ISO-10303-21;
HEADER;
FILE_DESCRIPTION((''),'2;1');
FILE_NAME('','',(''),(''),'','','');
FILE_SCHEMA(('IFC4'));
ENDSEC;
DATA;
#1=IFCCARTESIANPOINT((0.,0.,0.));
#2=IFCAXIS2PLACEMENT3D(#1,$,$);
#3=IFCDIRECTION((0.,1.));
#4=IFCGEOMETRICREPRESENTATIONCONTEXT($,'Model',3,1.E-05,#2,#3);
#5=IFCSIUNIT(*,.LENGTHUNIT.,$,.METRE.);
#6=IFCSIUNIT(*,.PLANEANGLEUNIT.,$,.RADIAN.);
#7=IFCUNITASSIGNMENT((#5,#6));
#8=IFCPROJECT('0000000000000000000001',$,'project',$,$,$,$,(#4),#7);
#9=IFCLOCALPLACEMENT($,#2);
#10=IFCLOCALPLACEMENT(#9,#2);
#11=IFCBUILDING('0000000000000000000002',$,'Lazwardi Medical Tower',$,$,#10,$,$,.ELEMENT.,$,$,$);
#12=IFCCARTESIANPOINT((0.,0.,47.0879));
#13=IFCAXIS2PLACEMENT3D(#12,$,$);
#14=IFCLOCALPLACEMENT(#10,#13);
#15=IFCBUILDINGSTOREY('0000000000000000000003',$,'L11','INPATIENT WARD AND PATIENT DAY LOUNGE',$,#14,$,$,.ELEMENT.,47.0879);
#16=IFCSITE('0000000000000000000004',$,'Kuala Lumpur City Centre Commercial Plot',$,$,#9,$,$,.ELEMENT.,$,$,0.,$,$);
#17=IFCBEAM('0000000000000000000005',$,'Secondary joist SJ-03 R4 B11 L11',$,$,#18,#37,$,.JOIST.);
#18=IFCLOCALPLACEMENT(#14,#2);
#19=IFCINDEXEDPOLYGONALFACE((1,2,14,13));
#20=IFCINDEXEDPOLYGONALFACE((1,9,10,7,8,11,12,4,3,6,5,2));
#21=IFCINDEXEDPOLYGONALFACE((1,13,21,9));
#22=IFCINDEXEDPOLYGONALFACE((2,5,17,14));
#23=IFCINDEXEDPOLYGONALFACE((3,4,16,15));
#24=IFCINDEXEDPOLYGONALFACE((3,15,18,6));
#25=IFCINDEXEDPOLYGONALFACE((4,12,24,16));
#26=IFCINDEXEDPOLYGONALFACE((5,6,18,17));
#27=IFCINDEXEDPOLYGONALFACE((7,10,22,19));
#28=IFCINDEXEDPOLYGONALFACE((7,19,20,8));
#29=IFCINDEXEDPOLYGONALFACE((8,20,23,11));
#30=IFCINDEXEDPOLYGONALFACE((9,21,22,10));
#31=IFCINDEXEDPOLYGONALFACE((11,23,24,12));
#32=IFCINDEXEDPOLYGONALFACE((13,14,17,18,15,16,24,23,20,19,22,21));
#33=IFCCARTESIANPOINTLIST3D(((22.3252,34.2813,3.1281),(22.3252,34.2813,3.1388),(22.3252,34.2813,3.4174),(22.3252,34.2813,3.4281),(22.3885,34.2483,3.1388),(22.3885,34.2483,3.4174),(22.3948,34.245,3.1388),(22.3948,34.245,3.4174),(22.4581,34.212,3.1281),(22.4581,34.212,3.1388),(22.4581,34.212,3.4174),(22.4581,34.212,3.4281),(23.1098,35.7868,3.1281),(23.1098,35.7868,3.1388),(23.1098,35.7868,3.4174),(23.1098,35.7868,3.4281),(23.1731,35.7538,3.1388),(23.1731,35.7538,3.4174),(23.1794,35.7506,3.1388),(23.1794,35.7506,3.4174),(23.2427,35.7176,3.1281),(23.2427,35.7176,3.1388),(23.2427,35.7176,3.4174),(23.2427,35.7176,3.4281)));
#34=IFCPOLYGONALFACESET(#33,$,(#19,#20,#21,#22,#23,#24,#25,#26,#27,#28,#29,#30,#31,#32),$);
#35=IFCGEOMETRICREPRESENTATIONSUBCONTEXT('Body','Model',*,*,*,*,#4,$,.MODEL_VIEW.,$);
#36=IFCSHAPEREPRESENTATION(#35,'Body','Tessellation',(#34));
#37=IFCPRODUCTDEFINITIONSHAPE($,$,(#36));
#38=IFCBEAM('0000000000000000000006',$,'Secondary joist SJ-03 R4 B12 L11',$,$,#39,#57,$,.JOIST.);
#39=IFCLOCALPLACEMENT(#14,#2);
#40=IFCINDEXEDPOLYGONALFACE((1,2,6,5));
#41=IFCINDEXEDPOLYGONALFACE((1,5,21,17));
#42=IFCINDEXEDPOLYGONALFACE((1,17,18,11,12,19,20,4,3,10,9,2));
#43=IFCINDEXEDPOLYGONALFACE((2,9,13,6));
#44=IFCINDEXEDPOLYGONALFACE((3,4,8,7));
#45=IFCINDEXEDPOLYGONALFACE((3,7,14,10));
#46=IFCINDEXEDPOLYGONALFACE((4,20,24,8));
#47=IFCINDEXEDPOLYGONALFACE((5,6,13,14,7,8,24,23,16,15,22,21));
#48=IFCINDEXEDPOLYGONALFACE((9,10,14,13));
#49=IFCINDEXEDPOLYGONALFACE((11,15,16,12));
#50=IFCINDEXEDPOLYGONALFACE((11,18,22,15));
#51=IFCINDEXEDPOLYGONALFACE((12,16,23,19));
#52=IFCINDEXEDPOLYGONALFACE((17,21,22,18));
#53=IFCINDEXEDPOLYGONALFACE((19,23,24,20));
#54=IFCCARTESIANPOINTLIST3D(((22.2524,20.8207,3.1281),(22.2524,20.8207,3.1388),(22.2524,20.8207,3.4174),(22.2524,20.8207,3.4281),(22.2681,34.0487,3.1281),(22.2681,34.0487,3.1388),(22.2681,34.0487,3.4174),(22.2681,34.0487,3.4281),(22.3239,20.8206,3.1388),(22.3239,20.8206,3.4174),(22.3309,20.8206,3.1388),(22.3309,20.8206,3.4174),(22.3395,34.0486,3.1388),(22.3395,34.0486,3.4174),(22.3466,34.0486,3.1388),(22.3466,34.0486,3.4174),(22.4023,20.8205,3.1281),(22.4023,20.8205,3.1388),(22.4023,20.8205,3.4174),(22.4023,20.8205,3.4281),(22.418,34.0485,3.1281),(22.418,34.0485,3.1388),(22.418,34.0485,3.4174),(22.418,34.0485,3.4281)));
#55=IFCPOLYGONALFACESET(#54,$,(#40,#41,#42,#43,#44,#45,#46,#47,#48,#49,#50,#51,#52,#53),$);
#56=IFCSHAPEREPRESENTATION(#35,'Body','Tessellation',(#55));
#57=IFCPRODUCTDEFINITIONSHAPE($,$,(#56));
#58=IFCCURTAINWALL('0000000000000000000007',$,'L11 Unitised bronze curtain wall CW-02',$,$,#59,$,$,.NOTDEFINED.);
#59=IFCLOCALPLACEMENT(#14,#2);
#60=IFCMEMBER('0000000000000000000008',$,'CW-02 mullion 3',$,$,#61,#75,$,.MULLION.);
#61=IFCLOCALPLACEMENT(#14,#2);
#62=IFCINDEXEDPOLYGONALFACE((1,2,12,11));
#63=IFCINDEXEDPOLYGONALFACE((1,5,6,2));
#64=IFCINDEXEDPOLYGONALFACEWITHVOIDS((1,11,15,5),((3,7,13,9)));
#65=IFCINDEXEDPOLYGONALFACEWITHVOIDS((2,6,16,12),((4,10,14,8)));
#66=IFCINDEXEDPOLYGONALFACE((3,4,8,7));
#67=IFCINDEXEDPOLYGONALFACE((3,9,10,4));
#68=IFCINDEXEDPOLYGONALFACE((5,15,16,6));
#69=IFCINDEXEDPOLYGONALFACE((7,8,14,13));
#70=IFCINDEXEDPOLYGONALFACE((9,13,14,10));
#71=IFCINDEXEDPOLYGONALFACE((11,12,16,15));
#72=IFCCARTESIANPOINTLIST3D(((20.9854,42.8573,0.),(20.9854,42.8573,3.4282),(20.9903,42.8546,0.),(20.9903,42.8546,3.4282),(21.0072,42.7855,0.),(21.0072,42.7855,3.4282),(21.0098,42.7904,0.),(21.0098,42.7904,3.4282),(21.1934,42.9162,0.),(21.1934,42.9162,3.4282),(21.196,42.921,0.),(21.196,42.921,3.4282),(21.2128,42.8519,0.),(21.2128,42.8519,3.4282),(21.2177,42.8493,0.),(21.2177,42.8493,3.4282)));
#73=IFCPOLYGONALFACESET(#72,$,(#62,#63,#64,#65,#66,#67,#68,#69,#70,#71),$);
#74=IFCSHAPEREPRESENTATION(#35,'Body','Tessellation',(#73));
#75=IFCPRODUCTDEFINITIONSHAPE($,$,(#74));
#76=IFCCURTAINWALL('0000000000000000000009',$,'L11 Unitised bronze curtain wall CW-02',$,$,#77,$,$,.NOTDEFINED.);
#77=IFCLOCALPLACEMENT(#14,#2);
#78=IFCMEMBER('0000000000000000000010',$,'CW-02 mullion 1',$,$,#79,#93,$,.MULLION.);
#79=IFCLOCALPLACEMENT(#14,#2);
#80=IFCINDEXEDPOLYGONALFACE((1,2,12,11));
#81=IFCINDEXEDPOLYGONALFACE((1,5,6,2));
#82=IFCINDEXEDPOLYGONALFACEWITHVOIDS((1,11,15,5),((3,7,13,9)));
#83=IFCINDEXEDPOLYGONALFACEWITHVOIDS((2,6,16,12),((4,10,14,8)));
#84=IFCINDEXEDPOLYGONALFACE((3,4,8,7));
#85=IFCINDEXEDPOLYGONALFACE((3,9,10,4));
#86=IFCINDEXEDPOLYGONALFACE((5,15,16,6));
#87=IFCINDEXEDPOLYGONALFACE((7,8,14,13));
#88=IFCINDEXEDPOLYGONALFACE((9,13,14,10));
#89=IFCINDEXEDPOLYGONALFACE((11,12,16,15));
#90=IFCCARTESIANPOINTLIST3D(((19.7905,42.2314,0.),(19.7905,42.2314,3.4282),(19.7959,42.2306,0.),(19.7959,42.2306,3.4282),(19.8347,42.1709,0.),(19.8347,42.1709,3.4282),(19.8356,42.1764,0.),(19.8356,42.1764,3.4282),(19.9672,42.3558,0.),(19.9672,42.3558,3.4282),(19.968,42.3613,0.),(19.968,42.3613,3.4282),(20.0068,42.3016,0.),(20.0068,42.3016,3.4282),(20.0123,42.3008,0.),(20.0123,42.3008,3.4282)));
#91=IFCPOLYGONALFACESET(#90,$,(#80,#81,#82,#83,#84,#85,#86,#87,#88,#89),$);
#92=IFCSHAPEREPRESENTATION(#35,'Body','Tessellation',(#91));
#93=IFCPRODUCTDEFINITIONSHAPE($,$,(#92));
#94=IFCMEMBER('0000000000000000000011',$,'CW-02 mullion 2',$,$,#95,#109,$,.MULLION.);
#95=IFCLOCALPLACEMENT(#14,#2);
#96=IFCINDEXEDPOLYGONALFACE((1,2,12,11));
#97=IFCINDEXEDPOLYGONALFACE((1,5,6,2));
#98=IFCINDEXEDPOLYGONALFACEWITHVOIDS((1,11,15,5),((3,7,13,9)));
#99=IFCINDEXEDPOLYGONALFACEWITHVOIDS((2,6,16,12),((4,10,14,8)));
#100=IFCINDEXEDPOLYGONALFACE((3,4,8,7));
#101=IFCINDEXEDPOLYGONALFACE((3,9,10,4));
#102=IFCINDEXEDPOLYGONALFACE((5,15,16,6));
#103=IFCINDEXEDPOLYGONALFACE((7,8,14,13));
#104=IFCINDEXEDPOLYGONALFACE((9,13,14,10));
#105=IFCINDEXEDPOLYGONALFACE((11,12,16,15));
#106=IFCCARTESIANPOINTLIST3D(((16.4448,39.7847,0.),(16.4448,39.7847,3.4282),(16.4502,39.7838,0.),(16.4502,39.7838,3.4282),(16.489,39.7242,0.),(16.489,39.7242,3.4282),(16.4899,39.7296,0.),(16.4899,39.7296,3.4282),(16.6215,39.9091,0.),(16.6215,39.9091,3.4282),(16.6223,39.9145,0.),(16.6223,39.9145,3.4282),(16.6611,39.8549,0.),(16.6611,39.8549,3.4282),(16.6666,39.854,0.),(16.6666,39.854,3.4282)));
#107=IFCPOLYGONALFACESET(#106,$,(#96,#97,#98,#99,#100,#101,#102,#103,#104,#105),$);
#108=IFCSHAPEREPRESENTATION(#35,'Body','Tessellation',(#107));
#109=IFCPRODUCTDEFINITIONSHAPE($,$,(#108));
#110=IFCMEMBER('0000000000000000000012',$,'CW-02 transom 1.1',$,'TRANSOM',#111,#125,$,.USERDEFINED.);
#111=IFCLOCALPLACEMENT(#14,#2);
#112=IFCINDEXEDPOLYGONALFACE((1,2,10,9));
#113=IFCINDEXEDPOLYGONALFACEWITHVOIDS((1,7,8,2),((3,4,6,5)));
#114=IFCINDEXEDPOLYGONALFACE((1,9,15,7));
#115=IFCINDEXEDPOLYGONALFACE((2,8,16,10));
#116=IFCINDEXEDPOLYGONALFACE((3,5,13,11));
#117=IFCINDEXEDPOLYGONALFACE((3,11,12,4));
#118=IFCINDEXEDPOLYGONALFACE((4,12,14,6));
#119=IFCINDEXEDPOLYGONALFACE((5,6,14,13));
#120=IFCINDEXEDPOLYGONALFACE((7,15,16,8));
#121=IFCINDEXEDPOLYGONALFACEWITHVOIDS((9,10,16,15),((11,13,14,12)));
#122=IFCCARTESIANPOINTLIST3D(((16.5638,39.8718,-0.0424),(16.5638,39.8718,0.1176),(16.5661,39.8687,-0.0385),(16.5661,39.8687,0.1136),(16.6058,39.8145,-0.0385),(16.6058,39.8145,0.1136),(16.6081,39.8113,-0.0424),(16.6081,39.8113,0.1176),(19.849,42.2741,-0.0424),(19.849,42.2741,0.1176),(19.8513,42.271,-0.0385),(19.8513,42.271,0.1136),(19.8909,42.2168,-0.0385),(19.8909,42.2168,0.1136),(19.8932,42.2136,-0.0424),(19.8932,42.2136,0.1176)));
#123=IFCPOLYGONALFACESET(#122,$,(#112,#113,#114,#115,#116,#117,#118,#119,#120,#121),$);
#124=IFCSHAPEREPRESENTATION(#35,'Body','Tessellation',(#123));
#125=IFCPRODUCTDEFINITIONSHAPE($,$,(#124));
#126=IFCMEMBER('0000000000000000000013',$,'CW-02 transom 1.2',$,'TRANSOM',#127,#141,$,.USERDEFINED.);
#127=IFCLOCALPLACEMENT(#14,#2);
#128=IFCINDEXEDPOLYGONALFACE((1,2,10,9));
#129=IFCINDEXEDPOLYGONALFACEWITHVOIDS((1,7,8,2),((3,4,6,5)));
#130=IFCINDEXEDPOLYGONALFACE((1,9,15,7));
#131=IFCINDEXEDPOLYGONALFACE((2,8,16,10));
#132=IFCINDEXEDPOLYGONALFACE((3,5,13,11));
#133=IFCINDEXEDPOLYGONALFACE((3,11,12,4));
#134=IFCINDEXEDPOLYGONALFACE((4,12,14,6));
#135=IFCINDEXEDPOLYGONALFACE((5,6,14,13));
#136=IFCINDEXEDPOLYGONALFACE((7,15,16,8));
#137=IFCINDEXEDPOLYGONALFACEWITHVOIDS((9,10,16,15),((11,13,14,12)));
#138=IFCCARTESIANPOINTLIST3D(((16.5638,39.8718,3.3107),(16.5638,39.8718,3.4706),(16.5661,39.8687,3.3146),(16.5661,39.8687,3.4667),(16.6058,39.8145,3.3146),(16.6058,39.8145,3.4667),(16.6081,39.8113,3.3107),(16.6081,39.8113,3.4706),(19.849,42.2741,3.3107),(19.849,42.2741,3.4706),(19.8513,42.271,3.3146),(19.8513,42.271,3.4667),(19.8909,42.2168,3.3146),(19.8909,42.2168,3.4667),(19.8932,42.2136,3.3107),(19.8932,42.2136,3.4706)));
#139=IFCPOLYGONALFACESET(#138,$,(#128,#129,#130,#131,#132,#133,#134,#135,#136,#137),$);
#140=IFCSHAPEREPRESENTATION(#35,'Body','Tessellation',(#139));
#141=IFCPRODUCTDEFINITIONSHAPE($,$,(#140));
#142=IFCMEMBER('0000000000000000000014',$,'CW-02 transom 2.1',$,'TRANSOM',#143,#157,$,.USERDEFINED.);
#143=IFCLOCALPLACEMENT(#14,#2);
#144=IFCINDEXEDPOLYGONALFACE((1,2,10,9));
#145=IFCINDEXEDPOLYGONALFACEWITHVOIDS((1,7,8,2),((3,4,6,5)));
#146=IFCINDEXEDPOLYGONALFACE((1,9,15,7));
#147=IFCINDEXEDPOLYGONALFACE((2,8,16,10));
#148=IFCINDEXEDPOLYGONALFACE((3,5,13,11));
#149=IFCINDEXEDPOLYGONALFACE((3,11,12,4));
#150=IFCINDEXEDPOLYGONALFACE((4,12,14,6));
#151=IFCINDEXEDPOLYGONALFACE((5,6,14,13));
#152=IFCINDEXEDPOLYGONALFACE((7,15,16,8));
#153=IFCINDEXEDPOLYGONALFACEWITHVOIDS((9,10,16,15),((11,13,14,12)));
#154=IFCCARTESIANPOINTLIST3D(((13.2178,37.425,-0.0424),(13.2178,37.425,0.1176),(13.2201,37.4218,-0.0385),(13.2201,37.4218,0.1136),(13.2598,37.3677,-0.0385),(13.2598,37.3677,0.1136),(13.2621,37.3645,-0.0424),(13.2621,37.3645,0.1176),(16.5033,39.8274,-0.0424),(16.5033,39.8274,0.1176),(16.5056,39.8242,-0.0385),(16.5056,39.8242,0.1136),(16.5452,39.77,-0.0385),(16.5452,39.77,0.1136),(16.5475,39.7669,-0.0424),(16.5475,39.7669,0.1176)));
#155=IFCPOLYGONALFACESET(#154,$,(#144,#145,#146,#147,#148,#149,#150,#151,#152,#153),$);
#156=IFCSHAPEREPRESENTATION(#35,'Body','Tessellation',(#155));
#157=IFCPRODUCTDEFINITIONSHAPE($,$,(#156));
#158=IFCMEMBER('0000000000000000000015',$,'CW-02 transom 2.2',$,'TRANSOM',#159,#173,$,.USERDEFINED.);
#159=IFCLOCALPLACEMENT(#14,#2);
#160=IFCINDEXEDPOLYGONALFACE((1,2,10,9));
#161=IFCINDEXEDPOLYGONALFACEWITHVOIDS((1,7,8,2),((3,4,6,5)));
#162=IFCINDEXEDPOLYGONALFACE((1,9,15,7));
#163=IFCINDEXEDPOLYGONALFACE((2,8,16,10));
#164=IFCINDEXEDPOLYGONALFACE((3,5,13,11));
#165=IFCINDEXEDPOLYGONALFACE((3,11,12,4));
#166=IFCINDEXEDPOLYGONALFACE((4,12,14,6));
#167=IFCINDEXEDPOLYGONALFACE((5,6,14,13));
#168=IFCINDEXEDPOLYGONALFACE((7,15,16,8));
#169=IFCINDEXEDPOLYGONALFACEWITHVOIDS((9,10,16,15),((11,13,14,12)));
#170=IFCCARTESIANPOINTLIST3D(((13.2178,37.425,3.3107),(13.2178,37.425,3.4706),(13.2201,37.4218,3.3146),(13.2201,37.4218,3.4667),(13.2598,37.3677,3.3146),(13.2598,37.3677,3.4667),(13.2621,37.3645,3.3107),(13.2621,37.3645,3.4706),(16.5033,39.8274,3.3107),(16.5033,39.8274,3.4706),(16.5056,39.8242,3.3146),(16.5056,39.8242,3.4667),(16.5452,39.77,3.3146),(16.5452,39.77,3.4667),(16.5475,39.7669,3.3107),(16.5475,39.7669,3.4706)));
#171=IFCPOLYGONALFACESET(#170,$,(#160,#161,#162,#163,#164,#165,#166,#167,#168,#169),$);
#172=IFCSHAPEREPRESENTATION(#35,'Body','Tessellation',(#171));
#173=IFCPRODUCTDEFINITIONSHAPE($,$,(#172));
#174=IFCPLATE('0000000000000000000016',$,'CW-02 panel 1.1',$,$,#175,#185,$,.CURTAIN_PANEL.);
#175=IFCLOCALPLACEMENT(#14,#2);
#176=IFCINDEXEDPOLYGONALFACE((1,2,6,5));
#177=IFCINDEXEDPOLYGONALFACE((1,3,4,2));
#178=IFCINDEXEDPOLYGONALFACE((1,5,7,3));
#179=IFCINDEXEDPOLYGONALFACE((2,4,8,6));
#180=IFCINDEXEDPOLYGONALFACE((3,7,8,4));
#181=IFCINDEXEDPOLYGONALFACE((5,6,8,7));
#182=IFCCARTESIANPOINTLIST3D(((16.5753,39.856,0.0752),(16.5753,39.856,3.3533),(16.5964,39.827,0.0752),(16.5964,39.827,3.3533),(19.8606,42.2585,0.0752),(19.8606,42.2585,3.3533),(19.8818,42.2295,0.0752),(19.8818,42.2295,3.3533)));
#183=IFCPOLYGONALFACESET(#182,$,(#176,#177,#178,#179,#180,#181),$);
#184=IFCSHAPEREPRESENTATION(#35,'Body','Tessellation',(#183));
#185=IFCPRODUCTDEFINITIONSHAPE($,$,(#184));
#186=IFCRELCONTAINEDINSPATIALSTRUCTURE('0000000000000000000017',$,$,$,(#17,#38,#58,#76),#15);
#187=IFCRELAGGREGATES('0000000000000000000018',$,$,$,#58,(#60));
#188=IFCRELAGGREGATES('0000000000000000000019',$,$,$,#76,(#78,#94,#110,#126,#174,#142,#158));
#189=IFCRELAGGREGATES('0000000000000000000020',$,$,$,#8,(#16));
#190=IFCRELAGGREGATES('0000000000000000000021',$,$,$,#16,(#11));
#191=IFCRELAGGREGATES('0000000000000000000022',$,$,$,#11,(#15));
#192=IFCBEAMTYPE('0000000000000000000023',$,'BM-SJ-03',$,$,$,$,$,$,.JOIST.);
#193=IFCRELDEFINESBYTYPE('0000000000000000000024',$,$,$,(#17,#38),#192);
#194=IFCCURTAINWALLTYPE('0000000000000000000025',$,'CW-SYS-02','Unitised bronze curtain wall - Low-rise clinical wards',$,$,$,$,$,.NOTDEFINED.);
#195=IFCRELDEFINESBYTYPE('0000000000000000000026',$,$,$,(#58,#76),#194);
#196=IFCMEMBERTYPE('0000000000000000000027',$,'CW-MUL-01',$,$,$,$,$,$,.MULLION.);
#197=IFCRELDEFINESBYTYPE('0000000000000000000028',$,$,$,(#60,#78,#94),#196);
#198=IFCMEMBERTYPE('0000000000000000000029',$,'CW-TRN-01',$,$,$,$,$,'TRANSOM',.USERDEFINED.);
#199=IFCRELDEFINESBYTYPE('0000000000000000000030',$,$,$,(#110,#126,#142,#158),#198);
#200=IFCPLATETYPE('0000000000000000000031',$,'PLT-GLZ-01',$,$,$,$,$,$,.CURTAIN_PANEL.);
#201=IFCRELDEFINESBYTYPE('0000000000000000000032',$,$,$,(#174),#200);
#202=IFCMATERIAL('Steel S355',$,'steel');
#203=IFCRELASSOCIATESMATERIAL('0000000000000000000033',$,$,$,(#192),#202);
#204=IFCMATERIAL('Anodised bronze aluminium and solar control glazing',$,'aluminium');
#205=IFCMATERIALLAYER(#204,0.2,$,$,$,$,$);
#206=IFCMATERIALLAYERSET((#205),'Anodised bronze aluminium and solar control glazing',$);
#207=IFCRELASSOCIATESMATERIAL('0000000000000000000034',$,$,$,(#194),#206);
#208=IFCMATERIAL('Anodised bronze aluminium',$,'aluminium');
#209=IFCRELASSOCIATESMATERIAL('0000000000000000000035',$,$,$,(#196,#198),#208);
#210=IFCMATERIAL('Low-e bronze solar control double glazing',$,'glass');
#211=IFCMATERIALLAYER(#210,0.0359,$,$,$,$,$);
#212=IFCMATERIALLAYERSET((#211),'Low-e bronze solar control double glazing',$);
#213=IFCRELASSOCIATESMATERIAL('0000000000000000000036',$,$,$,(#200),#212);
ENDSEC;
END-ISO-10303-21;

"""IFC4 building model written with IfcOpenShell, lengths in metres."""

from ifc_helpers import new_model, si_unit, direction, frame, origin, origin_2d, place, context, subcontext, project, spatial, rectangle, hollow_rectangle, i_section, extrude, material, layer, layer_set, material_profile, profile_set, type_object, element, aggregate, save


model = new_model("IFC4")

# Units and contexts
model_context = context("Model", 3, precision=1e-05, world=origin(), true_north=direction((0.0, 1.0)))
body_context = subcontext(model_context, "Body", "Model", "MODEL_VIEW")
ifc_project = project(units=[si_unit("LENGTHUNIT", "METRE"), si_unit("PLANEANGLEUNIT", "RADIAN")], contexts=[model_context])

# Site, building, storey
site_placement = place(None, origin())
site = spatial("IfcSite", under=ifc_project, at=site_placement, Name="Kuala Lumpur City Centre Commercial Plot", CompositionType="ELEMENT", RefElevation=0.0)
building_placement = place(site_placement, origin())
building = spatial("IfcBuilding", under=site, at=building_placement, Name="Lazwardi Medical Tower", CompositionType="ELEMENT")
storey_placement = place(building_placement, frame((0.0, 0.0, 47.0879)))
storey = spatial("IfcBuildingStorey", under=building, at=storey_placement, Name="L11", Description="INPATIENT WARD AND PATIENT DAY LOUNGE", CompositionType="ELEMENT", Elevation=47.0879)

# Beams
ifc_material_1 = material(Name="Steel S355", Category="steel")
ifc_material_profile_1 = material_profile(ifc_material_1, i_section(OverallWidth=0.1499, OverallDepth=0.3, WebThickness=0.0071, FlangeThickness=0.0107, at=origin_2d()), Name="IPE 300")
ifc_profile_set_1 = profile_set([ifc_material_profile_1], Name="Steel S355")
beam_type_1 = type_object("IfcBeamType", Name="BM-SJ-03", PredefinedType="JOIST", material=ifc_profile_set_1)
beam_1_placement = place(storey_placement, frame((23.1763, 35.7522, 3.2781), z_axis=(-0.462163, -0.886795, 0.0), x_axis=(0.886795, -0.462163, 0.0)))
element("IfcBeam", 1, at=beam_1_placement, inside=storey, type_object=beam_type_1, Name="Secondary joist SJ-03 R4 B11 L11", PredefinedType="JOIST", context=body_context, shape_type="SweptSolid", body=[
    extrude(i_section(OverallWidth=0.1499, OverallDepth=0.3, WebThickness=0.0071, FlangeThickness=0.0107, at=origin_2d()), origin(), (0.0, 0.0, 1.0), 1.6978),
])
beam_2_placement = place(storey_placement, frame((22.343, 34.0486, 3.2781), z_axis=(-0.001181, -0.999999, 0.0), x_axis=(0.999999, -0.001181, 0.0)))
element("IfcBeam", 2, at=beam_2_placement, inside=storey, type_object=beam_type_1, Name="Secondary joist SJ-03 R4 B12 L11", PredefinedType="JOIST", context=body_context, shape_type="SweptSolid", body=[
    extrude(i_section(OverallWidth=0.1499, OverallDepth=0.3, WebThickness=0.0071, FlangeThickness=0.0107, at=origin_2d()), origin(), (0.0, 0.0, 1.0), 13.228),
])

# Curtain wall, member
ifc_material_2 = material(Name="Anodised bronze aluminium and solar control glazing", Category="aluminium")
ifc_layer_1 = layer(ifc_material_2, 0.2)
ifc_layer_set_1 = layer_set([ifc_layer_1], Name="Anodised bronze aluminium and solar control glazing")
curtain_wall_type = type_object("IfcCurtainWallType", Name="CW-SYS-02", Description="Unitised bronze curtain wall - Low-rise clinical wards", PredefinedType="NOTDEFINED", material=ifc_layer_set_1)
curtain_wall_1_placement = place(storey_placement, origin())
curtain_wall_1 = element("IfcCurtainWall", 3, at=curtain_wall_1_placement, inside=storey, type_object=curtain_wall_type, Name="L11 Unitised bronze curtain wall CW-02", PredefinedType="NOTDEFINED")
ifc_material_3 = material(Name="Anodised bronze aluminium", Category="aluminium")
ifc_material_profile_2 = material_profile(ifc_material_3, hollow_rectangle(XDim=0.075, YDim=0.22, WallThickness=0.0039, at=origin_2d()), Name="ALU-MULLION 220x75x4")
ifc_profile_set_2 = profile_set([ifc_material_profile_2], Name="Anodised bronze aluminium")
member_type_1 = type_object("IfcMemberType", Name="CW-MUL-01", PredefinedType="MULLION", material=ifc_profile_set_2)
member_1_placement = place(storey_placement, frame((21.1016, 42.8533, 0.0), z_axis=(0.0, 0.0, 1.0), x_axis=(0.289896, -0.957058, 0.0)))
member_1 = element("IfcMember", 4, at=member_1_placement, type_object=member_type_1, Name="CW-02 mullion 3", PredefinedType="MULLION", context=body_context, shape_type="SweptSolid", body=[
    extrude(hollow_rectangle(XDim=0.075, YDim=0.22, WallThickness=0.0039, at=origin_2d()), origin(), (0.0, 0.0, 1.0), 3.4282),
])
aggregate(curtain_wall_1, [member_1])

# Curtain wall, members, plate
curtain_wall_2_placement = place(storey_placement, origin())
curtain_wall_2 = element("IfcCurtainWall", 5, at=curtain_wall_2_placement, inside=storey, type_object=curtain_wall_type, Name="L11 Unitised bronze curtain wall CW-02", PredefinedType="NOTDEFINED")
member_2_placement = place(storey_placement, frame((19.9014, 42.2661, 0.0), z_axis=(0.0, 0.0, 1.0), x_axis=(0.590289, -0.807192, 0.0)))
member_2 = element("IfcMember", 6, at=member_2_placement, type_object=member_type_1, Name="CW-02 mullion 1", PredefinedType="MULLION", context=body_context, shape_type="SweptSolid", body=[
    extrude(hollow_rectangle(XDim=0.075, YDim=0.22, WallThickness=0.0039, at=origin_2d()), origin(), (0.0, 0.0, 1.0), 3.4282),
])
member_3_placement = place(storey_placement, frame((16.5557, 39.8193, 0.0), z_axis=(0.0, 0.0, 1.0), x_axis=(0.590289, -0.807192, 0.0)))
member_3 = element("IfcMember", 7, at=member_3_placement, type_object=member_type_1, Name="CW-02 mullion 2", PredefinedType="MULLION", context=body_context, shape_type="SweptSolid", body=[
    extrude(hollow_rectangle(XDim=0.075, YDim=0.22, WallThickness=0.0039, at=origin_2d()), origin(), (0.0, 0.0, 1.0), 3.4282),
])
ifc_material_profile_3 = material_profile(ifc_material_3, hollow_rectangle(XDim=0.075, YDim=0.1599, WallThickness=0.0039, at=origin_2d()), Name="ALU-TRANSOM 160x75x4")
ifc_profile_set_3 = profile_set([ifc_material_profile_3], Name="Anodised bronze aluminium")
member_type_2 = type_object("IfcMemberType", Name="CW-TRN-01", ElementType="TRANSOM", PredefinedType="USERDEFINED", material=ifc_profile_set_3)
member_4_placement = place(storey_placement, frame((19.8711, 42.2439, 0.0376), z_axis=(-0.807198, -0.590281, 0.0), x_axis=(0.590281, -0.807198, 0.0)))
member_4 = element("IfcMember", 8, at=member_4_placement, type_object=member_type_2, Name="CW-02 transom 1.1", ObjectType="TRANSOM", PredefinedType="USERDEFINED", context=body_context, shape_type="SweptSolid", body=[
    extrude(hollow_rectangle(XDim=0.075, YDim=0.1599, WallThickness=0.0039, at=origin_2d()), origin(), (0.0, 0.0, 1.0), 4.0698),
])
member_5_placement = place(storey_placement, frame((19.8711, 42.2439, 3.3906), z_axis=(-0.807198, -0.590281, 0.0), x_axis=(0.590281, -0.807198, 0.0)))
member_5 = element("IfcMember", 9, at=member_5_placement, type_object=member_type_2, Name="CW-02 transom 1.2", ObjectType="TRANSOM", PredefinedType="USERDEFINED", context=body_context, shape_type="SweptSolid", body=[
    extrude(hollow_rectangle(XDim=0.075, YDim=0.1599, WallThickness=0.0039, at=origin_2d()), origin(), (0.0, 0.0, 1.0), 4.0698),
])
member_6_placement = place(storey_placement, frame((16.5254, 39.7971, 0.0376), z_axis=(-0.807219, -0.590253, 0.0), x_axis=(0.590253, -0.807219, 0.0)))
member_6 = element("IfcMember", 10, at=member_6_placement, type_object=member_type_2, Name="CW-02 transom 2.1", ObjectType="TRANSOM", PredefinedType="USERDEFINED", context=body_context, shape_type="SweptSolid", body=[
    extrude(hollow_rectangle(XDim=0.075, YDim=0.1599, WallThickness=0.0039, at=origin_2d()), origin(), (0.0, 0.0, 1.0), 4.0701),
])
member_7_placement = place(storey_placement, frame((16.5254, 39.7971, 3.3906), z_axis=(-0.807219, -0.590253, 0.0), x_axis=(0.590253, -0.807219, 0.0)))
member_7 = element("IfcMember", 11, at=member_7_placement, type_object=member_type_2, Name="CW-02 transom 2.2", ObjectType="TRANSOM", PredefinedType="USERDEFINED", context=body_context, shape_type="SweptSolid", body=[
    extrude(hollow_rectangle(XDim=0.075, YDim=0.1599, WallThickness=0.0039, at=origin_2d()), origin(), (0.0, 0.0, 1.0), 4.0701),
])
ifc_material_4 = material(Name="Low-e bronze solar control double glazing", Category="glass")
ifc_layer_2 = layer(ifc_material_4, 0.0359)
ifc_layer_set_2 = layer_set([ifc_layer_2], Name="Low-e bronze solar control double glazing")
plate_type = type_object("IfcPlateType", Name="PLT-GLZ-01", PredefinedType="CURTAIN_PANEL", material=ifc_layer_set_2)
plate_placement = place(storey_placement, frame((18.2285, 41.0427, 0.0752), z_axis=(0.0, 0.0, 1.0), x_axis=(-0.807192, -0.590289, 0.0)))
plate = element("IfcPlate", 12, at=plate_placement, type_object=plate_type, Name="CW-02 panel 1.1", PredefinedType="CURTAIN_PANEL", context=body_context, shape_type="SweptSolid", body=[
    extrude(rectangle(XDim=4.0701, YDim=0.0359, at=origin_2d()), origin(), (0.0, 0.0, 1.0), 3.2781),
])
aggregate(curtain_wall_2, [member_2, member_3, member_4, member_5, plate, member_6, member_7])

save(model, "model.ifc")
